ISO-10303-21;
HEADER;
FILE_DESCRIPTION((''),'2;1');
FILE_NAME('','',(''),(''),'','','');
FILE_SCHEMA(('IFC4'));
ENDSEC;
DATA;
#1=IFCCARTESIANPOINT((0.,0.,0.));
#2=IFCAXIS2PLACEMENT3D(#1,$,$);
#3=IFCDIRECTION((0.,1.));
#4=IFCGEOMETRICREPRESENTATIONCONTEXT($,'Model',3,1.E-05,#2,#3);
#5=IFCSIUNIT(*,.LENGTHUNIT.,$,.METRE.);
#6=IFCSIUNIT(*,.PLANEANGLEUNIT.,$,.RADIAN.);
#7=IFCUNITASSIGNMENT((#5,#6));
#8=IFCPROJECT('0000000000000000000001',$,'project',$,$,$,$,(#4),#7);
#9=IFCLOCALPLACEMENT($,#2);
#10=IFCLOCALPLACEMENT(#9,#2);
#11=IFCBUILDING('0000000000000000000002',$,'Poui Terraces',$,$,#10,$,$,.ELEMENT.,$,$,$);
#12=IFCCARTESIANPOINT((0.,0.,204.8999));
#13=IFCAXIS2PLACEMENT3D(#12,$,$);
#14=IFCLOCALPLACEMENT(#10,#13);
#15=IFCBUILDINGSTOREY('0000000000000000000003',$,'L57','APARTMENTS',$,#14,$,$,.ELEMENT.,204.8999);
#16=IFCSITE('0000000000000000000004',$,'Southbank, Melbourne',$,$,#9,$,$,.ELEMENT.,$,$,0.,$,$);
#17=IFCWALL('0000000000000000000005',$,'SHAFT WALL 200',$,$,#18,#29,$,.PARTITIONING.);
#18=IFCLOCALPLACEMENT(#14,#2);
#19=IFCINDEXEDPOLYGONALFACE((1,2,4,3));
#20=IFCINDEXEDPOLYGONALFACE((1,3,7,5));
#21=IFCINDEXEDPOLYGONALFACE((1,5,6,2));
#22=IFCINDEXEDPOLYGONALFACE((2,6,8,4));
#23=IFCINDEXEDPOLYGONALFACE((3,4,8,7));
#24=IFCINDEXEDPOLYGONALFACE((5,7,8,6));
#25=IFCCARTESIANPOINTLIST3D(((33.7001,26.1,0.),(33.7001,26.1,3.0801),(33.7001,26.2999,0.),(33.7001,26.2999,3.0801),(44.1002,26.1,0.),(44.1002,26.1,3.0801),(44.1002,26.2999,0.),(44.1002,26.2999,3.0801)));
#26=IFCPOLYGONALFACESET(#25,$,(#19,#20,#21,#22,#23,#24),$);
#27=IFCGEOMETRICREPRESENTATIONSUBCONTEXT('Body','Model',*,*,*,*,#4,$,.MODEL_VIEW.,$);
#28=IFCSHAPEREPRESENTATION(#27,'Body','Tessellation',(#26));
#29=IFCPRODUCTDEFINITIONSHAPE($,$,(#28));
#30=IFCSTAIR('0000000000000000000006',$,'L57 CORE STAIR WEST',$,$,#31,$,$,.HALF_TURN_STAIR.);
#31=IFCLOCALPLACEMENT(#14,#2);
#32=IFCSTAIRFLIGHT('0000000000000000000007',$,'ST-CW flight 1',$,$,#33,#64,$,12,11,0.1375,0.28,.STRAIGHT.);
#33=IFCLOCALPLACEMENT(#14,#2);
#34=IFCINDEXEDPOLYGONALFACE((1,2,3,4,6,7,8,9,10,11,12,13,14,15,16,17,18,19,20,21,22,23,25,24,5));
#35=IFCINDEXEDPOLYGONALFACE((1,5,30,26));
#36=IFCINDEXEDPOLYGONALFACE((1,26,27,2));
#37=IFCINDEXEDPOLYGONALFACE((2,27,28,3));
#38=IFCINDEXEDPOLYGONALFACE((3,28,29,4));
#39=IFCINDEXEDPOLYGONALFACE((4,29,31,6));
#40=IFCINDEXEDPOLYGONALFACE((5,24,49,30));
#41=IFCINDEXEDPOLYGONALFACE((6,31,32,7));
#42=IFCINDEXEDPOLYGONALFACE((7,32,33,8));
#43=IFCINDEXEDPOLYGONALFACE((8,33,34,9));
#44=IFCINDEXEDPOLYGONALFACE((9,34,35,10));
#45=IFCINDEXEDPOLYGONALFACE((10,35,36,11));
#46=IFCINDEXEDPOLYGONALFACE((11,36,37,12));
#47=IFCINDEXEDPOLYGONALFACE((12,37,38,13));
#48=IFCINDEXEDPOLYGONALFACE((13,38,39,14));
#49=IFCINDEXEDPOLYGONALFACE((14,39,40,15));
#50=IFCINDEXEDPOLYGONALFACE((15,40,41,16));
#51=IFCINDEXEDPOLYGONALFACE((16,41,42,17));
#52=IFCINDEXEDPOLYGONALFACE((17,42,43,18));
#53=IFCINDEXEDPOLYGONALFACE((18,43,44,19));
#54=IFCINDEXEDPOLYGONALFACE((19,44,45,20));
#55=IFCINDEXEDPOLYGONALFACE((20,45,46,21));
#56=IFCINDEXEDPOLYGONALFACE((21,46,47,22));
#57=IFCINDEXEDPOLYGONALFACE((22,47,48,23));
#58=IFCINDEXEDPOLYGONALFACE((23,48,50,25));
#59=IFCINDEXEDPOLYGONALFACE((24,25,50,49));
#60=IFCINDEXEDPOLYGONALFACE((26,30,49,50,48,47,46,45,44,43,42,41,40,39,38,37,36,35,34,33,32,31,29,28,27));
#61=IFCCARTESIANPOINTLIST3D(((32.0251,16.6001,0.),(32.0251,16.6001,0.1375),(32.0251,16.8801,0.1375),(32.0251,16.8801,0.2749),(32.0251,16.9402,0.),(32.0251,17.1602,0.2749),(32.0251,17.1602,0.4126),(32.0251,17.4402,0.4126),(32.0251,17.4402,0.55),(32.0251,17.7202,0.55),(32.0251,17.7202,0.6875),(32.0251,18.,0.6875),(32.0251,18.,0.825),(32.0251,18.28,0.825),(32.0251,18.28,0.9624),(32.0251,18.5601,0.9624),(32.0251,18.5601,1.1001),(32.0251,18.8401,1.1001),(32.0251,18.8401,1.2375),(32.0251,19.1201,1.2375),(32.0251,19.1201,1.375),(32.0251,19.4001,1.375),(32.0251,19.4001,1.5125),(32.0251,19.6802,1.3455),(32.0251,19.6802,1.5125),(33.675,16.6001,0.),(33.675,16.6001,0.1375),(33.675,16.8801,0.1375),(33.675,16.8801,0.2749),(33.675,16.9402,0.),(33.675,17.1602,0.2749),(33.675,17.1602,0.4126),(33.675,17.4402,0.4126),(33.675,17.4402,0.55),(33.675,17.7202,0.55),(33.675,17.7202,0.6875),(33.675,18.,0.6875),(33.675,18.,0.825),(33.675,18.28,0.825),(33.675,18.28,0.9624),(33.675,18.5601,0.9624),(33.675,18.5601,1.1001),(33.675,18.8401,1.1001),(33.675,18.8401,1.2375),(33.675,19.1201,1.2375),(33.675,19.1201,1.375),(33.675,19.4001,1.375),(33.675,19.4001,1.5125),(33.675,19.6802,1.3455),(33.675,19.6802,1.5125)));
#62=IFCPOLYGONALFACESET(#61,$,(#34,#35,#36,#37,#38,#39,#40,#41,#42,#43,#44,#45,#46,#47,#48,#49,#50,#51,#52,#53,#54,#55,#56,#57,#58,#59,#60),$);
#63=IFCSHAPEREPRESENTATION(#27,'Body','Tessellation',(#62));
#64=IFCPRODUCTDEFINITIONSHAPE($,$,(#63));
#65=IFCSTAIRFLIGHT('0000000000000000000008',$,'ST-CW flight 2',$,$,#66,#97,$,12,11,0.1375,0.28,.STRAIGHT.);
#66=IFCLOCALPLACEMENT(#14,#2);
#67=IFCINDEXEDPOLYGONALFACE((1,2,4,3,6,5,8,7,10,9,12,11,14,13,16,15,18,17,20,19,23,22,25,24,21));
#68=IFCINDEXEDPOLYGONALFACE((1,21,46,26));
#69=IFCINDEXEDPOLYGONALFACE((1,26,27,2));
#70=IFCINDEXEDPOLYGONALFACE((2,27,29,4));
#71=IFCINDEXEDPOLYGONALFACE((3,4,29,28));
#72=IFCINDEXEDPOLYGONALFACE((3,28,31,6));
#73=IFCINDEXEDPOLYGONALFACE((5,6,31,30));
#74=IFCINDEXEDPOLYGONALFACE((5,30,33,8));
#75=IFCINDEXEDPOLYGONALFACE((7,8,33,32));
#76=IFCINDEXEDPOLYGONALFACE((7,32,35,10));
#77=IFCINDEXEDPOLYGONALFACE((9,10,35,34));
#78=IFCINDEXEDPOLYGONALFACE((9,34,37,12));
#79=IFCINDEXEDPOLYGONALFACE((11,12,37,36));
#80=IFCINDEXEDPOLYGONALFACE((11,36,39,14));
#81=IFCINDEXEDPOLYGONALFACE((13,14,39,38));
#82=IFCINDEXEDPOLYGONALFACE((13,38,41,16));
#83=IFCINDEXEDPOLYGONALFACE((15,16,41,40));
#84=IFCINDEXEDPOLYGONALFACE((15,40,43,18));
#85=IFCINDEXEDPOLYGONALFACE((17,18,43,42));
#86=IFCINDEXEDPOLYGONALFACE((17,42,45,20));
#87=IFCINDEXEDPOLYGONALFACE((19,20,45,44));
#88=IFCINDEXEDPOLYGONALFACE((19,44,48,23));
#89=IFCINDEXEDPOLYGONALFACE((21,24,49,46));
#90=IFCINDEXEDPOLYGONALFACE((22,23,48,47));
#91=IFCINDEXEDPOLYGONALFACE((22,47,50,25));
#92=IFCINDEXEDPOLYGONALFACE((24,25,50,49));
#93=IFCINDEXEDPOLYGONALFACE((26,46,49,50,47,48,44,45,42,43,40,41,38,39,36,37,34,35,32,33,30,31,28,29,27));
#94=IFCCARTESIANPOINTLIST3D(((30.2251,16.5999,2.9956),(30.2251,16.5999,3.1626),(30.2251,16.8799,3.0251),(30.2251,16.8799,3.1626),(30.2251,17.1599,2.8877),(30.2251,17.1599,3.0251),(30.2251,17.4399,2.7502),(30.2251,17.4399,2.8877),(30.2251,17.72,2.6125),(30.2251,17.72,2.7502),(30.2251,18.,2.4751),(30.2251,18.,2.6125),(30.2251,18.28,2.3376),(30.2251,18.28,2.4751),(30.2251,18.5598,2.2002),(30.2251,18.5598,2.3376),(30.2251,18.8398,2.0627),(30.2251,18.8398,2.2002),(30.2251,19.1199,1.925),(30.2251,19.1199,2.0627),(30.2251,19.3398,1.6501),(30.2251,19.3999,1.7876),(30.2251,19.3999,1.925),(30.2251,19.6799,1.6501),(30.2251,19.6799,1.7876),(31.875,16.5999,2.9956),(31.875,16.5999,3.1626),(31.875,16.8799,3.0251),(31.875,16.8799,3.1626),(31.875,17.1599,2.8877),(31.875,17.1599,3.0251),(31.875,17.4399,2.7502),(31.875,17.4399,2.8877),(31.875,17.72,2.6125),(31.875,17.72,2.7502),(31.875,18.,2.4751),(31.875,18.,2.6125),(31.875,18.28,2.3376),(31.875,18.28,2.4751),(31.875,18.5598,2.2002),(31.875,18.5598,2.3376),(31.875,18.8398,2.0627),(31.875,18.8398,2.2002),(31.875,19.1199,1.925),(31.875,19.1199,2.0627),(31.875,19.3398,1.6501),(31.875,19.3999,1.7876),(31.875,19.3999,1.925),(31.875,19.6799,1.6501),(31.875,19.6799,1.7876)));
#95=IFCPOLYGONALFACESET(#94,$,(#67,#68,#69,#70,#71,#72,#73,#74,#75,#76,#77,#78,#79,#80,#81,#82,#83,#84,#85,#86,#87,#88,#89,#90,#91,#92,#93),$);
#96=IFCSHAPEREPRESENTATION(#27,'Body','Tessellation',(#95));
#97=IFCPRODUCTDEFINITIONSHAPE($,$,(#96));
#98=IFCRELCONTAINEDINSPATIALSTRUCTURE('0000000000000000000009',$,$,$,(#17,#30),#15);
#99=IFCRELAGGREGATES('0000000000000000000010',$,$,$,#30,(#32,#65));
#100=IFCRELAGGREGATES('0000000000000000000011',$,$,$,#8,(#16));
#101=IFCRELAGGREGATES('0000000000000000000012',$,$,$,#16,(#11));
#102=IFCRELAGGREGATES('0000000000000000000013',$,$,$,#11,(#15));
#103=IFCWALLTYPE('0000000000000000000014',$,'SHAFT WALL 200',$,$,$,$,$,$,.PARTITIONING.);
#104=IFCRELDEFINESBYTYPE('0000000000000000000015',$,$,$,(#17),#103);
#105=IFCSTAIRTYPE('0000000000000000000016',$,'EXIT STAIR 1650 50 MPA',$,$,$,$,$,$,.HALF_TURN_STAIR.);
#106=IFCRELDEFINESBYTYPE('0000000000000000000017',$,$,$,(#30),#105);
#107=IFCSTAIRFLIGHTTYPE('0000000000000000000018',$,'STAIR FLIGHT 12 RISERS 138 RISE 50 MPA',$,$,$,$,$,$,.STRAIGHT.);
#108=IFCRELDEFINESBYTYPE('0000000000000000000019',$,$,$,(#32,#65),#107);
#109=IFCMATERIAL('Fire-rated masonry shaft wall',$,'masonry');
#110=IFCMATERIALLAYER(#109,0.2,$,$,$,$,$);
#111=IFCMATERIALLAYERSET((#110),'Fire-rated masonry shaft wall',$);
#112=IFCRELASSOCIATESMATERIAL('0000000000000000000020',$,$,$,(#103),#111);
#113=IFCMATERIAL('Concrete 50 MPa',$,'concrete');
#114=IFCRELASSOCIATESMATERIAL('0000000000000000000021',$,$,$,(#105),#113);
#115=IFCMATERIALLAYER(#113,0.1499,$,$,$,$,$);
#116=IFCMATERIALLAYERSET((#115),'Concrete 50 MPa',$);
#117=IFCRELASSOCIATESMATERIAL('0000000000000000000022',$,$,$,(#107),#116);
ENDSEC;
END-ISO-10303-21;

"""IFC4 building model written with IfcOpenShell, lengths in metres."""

from ifc_helpers import new_model, si_unit, direction, frame, frame_2d, origin, place, context, subcontext, project, spatial, polyline, rectangle, outline, extrude, material, layer, layer_set, type_object, element, aggregate, save


model = new_model("IFC4")

# Units and contexts
model_context = context("Model", 3, precision=1e-05, world=origin(), true_north=direction((0.0, 1.0)))
body_context = subcontext(model_context, "Body", "Model", "MODEL_VIEW")
ifc_project = project(units=[si_unit("LENGTHUNIT", "METRE"), si_unit("PLANEANGLEUNIT", "RADIAN")], contexts=[model_context])

# Site, building, storey
site_placement = place(None, origin())
site = spatial("IfcSite", under=ifc_project, at=site_placement, Name="Southbank, Melbourne", CompositionType="ELEMENT", RefElevation=0.0)
building_placement = place(site_placement, origin())
building = spatial("IfcBuilding", under=site, at=building_placement, Name="Poui Terraces", CompositionType="ELEMENT")
storey_placement = place(building_placement, frame((0.0, 0.0, 204.8999)))
storey = spatial("IfcBuildingStorey", under=building, at=storey_placement, Name="L57", Description="APARTMENTS", CompositionType="ELEMENT", Elevation=204.8999)

# Wall
ifc_material_1 = material(Name="Fire-rated masonry shaft wall", Category="masonry")
ifc_layer_1 = layer(ifc_material_1, 0.2)
ifc_layer_set_1 = layer_set([ifc_layer_1], Name="Fire-rated masonry shaft wall")
wall_type = type_object("IfcWallType", Name="SHAFT WALL 200", PredefinedType="PARTITIONING", material=ifc_layer_set_1)
wall_placement = place(storey_placement, frame((33.7, 26.2, 0.0), z_axis=(0.0, 0.0, 1.0), x_axis=(1.0, 0.0, 0.0)))
element("IfcWall", 1, at=wall_placement, inside=storey, type_object=wall_type, Name="SHAFT WALL 200", PredefinedType="PARTITIONING", context=body_context, shape_type="SweptSolid", body=[
    extrude(rectangle(XDim=10.4001, YDim=0.2, at=frame_2d((5.2002, 0.0))), origin(), (0.0, 0.0, 1.0), 3.0801),
])

# Stair, stair flights
ifc_material_2 = material(Name="Concrete 50 MPa", Category="concrete")
stair_type = type_object("IfcStairType", Name="EXIT STAIR 1650 50 MPA", PredefinedType="HALF_TURN_STAIR", material=ifc_material_2)
stair_placement = place(storey_placement, origin())
stair = element("IfcStair", 2, at=stair_placement, inside=storey, type_object=stair_type, Name="L57 CORE STAIR WEST", PredefinedType="HALF_TURN_STAIR")
ifc_layer_2 = layer(ifc_material_2, 0.1499)
ifc_layer_set_2 = layer_set([ifc_layer_2], Name="Concrete 50 MPa")
stair_flight_type = type_object("IfcStairFlightType", Name="STAIR FLIGHT 12 RISERS 138 RISE 50 MPA", PredefinedType="STRAIGHT", material=ifc_layer_set_2)
stair_flight_1_placement = place(storey_placement, frame((32.8501, 16.6001, 0.0), z_axis=(0.0, 0.0, 1.0), x_axis=(0.0, 1.0, 0.0)))
stair_flight_1 = element("IfcStairFlight", 3, at=stair_flight_1_placement, type_object=stair_flight_type, Name="ST-CW flight 1", NumberOfRisers=12, NumberOfTreads=11, PredefinedType="STRAIGHT", RiserHeight=0.1375, TreadLength=0.28, context=body_context, shape_type="SweptSolid", body=[
    extrude(outline(polyline([(0.0, 0.0), (0.0, 0.1375), (0.28, 0.1375), (0.28, 0.2749), (0.5601, 0.2749), (0.5601, 0.4126), (0.8401, 0.4126), (0.8401, 0.55), (1.1201, 0.55), (1.1201, 0.6875), (1.3999, 0.6875), (1.3999, 0.825), (1.6799, 0.825), (1.6799, 0.9624), (1.96, 0.9624), (1.96, 1.1001), (2.24, 1.1001), (2.24, 1.2375), (2.52, 1.2375), (2.52, 1.375), (2.8, 1.375), (2.8, 1.5125), (3.0801, 1.5125), (3.0801, 1.6499), (3.0801, 1.3455), (0.3401, 0.0), (0.0, 0.0)])), frame((0.0, 0.825, 0.0), z_axis=(0.0, -1.0, 0.0), x_axis=(1.0, 0.0, 0.0)), (0.0, 0.0, 1.0), 1.6499),
])
stair_flight_2_placement = place(storey_placement, frame((31.05, 19.6799, 1.6501), z_axis=(0.0, 0.0, 1.0), x_axis=(0.0, -1.0, 0.0)))
stair_flight_2 = element("IfcStairFlight", 4, at=stair_flight_2_placement, type_object=stair_flight_type, Name="ST-CW flight 2", NumberOfRisers=12, NumberOfTreads=11, PredefinedType="STRAIGHT", RiserHeight=0.1375, TreadLength=0.28, context=body_context, shape_type="SweptSolid", body=[
    extrude(outline(polyline([(0.0, 0.0), (0.0, 0.1375), (0.28, 0.1375), (0.28, 0.2749), (0.5601, 0.2749), (0.5601, 0.4126), (0.8401, 0.4126), (0.8401, 0.55), (1.1201, 0.55), (1.1201, 0.6875), (1.3999, 0.6875), (1.3999, 0.825), (1.6799, 0.825), (1.6799, 0.9624), (1.96, 0.9624), (1.96, 1.1001), (2.24, 1.1001), (2.24, 1.2375), (2.52, 1.2375), (2.52, 1.375), (2.8, 1.375), (2.8, 1.5125), (3.0801, 1.5125), (3.0801, 1.6499), (3.0801, 1.3455), (0.3401, 0.0), (0.0, 0.0)])), frame((0.0, 0.825, 0.0), z_axis=(0.0, -1.0, 0.0), x_axis=(1.0, 0.0, 0.0)), (0.0, 0.0, 1.0), 1.6499),
])
aggregate(stair, [stair_flight_1, stair_flight_2])

save(model, "model.ifc")
